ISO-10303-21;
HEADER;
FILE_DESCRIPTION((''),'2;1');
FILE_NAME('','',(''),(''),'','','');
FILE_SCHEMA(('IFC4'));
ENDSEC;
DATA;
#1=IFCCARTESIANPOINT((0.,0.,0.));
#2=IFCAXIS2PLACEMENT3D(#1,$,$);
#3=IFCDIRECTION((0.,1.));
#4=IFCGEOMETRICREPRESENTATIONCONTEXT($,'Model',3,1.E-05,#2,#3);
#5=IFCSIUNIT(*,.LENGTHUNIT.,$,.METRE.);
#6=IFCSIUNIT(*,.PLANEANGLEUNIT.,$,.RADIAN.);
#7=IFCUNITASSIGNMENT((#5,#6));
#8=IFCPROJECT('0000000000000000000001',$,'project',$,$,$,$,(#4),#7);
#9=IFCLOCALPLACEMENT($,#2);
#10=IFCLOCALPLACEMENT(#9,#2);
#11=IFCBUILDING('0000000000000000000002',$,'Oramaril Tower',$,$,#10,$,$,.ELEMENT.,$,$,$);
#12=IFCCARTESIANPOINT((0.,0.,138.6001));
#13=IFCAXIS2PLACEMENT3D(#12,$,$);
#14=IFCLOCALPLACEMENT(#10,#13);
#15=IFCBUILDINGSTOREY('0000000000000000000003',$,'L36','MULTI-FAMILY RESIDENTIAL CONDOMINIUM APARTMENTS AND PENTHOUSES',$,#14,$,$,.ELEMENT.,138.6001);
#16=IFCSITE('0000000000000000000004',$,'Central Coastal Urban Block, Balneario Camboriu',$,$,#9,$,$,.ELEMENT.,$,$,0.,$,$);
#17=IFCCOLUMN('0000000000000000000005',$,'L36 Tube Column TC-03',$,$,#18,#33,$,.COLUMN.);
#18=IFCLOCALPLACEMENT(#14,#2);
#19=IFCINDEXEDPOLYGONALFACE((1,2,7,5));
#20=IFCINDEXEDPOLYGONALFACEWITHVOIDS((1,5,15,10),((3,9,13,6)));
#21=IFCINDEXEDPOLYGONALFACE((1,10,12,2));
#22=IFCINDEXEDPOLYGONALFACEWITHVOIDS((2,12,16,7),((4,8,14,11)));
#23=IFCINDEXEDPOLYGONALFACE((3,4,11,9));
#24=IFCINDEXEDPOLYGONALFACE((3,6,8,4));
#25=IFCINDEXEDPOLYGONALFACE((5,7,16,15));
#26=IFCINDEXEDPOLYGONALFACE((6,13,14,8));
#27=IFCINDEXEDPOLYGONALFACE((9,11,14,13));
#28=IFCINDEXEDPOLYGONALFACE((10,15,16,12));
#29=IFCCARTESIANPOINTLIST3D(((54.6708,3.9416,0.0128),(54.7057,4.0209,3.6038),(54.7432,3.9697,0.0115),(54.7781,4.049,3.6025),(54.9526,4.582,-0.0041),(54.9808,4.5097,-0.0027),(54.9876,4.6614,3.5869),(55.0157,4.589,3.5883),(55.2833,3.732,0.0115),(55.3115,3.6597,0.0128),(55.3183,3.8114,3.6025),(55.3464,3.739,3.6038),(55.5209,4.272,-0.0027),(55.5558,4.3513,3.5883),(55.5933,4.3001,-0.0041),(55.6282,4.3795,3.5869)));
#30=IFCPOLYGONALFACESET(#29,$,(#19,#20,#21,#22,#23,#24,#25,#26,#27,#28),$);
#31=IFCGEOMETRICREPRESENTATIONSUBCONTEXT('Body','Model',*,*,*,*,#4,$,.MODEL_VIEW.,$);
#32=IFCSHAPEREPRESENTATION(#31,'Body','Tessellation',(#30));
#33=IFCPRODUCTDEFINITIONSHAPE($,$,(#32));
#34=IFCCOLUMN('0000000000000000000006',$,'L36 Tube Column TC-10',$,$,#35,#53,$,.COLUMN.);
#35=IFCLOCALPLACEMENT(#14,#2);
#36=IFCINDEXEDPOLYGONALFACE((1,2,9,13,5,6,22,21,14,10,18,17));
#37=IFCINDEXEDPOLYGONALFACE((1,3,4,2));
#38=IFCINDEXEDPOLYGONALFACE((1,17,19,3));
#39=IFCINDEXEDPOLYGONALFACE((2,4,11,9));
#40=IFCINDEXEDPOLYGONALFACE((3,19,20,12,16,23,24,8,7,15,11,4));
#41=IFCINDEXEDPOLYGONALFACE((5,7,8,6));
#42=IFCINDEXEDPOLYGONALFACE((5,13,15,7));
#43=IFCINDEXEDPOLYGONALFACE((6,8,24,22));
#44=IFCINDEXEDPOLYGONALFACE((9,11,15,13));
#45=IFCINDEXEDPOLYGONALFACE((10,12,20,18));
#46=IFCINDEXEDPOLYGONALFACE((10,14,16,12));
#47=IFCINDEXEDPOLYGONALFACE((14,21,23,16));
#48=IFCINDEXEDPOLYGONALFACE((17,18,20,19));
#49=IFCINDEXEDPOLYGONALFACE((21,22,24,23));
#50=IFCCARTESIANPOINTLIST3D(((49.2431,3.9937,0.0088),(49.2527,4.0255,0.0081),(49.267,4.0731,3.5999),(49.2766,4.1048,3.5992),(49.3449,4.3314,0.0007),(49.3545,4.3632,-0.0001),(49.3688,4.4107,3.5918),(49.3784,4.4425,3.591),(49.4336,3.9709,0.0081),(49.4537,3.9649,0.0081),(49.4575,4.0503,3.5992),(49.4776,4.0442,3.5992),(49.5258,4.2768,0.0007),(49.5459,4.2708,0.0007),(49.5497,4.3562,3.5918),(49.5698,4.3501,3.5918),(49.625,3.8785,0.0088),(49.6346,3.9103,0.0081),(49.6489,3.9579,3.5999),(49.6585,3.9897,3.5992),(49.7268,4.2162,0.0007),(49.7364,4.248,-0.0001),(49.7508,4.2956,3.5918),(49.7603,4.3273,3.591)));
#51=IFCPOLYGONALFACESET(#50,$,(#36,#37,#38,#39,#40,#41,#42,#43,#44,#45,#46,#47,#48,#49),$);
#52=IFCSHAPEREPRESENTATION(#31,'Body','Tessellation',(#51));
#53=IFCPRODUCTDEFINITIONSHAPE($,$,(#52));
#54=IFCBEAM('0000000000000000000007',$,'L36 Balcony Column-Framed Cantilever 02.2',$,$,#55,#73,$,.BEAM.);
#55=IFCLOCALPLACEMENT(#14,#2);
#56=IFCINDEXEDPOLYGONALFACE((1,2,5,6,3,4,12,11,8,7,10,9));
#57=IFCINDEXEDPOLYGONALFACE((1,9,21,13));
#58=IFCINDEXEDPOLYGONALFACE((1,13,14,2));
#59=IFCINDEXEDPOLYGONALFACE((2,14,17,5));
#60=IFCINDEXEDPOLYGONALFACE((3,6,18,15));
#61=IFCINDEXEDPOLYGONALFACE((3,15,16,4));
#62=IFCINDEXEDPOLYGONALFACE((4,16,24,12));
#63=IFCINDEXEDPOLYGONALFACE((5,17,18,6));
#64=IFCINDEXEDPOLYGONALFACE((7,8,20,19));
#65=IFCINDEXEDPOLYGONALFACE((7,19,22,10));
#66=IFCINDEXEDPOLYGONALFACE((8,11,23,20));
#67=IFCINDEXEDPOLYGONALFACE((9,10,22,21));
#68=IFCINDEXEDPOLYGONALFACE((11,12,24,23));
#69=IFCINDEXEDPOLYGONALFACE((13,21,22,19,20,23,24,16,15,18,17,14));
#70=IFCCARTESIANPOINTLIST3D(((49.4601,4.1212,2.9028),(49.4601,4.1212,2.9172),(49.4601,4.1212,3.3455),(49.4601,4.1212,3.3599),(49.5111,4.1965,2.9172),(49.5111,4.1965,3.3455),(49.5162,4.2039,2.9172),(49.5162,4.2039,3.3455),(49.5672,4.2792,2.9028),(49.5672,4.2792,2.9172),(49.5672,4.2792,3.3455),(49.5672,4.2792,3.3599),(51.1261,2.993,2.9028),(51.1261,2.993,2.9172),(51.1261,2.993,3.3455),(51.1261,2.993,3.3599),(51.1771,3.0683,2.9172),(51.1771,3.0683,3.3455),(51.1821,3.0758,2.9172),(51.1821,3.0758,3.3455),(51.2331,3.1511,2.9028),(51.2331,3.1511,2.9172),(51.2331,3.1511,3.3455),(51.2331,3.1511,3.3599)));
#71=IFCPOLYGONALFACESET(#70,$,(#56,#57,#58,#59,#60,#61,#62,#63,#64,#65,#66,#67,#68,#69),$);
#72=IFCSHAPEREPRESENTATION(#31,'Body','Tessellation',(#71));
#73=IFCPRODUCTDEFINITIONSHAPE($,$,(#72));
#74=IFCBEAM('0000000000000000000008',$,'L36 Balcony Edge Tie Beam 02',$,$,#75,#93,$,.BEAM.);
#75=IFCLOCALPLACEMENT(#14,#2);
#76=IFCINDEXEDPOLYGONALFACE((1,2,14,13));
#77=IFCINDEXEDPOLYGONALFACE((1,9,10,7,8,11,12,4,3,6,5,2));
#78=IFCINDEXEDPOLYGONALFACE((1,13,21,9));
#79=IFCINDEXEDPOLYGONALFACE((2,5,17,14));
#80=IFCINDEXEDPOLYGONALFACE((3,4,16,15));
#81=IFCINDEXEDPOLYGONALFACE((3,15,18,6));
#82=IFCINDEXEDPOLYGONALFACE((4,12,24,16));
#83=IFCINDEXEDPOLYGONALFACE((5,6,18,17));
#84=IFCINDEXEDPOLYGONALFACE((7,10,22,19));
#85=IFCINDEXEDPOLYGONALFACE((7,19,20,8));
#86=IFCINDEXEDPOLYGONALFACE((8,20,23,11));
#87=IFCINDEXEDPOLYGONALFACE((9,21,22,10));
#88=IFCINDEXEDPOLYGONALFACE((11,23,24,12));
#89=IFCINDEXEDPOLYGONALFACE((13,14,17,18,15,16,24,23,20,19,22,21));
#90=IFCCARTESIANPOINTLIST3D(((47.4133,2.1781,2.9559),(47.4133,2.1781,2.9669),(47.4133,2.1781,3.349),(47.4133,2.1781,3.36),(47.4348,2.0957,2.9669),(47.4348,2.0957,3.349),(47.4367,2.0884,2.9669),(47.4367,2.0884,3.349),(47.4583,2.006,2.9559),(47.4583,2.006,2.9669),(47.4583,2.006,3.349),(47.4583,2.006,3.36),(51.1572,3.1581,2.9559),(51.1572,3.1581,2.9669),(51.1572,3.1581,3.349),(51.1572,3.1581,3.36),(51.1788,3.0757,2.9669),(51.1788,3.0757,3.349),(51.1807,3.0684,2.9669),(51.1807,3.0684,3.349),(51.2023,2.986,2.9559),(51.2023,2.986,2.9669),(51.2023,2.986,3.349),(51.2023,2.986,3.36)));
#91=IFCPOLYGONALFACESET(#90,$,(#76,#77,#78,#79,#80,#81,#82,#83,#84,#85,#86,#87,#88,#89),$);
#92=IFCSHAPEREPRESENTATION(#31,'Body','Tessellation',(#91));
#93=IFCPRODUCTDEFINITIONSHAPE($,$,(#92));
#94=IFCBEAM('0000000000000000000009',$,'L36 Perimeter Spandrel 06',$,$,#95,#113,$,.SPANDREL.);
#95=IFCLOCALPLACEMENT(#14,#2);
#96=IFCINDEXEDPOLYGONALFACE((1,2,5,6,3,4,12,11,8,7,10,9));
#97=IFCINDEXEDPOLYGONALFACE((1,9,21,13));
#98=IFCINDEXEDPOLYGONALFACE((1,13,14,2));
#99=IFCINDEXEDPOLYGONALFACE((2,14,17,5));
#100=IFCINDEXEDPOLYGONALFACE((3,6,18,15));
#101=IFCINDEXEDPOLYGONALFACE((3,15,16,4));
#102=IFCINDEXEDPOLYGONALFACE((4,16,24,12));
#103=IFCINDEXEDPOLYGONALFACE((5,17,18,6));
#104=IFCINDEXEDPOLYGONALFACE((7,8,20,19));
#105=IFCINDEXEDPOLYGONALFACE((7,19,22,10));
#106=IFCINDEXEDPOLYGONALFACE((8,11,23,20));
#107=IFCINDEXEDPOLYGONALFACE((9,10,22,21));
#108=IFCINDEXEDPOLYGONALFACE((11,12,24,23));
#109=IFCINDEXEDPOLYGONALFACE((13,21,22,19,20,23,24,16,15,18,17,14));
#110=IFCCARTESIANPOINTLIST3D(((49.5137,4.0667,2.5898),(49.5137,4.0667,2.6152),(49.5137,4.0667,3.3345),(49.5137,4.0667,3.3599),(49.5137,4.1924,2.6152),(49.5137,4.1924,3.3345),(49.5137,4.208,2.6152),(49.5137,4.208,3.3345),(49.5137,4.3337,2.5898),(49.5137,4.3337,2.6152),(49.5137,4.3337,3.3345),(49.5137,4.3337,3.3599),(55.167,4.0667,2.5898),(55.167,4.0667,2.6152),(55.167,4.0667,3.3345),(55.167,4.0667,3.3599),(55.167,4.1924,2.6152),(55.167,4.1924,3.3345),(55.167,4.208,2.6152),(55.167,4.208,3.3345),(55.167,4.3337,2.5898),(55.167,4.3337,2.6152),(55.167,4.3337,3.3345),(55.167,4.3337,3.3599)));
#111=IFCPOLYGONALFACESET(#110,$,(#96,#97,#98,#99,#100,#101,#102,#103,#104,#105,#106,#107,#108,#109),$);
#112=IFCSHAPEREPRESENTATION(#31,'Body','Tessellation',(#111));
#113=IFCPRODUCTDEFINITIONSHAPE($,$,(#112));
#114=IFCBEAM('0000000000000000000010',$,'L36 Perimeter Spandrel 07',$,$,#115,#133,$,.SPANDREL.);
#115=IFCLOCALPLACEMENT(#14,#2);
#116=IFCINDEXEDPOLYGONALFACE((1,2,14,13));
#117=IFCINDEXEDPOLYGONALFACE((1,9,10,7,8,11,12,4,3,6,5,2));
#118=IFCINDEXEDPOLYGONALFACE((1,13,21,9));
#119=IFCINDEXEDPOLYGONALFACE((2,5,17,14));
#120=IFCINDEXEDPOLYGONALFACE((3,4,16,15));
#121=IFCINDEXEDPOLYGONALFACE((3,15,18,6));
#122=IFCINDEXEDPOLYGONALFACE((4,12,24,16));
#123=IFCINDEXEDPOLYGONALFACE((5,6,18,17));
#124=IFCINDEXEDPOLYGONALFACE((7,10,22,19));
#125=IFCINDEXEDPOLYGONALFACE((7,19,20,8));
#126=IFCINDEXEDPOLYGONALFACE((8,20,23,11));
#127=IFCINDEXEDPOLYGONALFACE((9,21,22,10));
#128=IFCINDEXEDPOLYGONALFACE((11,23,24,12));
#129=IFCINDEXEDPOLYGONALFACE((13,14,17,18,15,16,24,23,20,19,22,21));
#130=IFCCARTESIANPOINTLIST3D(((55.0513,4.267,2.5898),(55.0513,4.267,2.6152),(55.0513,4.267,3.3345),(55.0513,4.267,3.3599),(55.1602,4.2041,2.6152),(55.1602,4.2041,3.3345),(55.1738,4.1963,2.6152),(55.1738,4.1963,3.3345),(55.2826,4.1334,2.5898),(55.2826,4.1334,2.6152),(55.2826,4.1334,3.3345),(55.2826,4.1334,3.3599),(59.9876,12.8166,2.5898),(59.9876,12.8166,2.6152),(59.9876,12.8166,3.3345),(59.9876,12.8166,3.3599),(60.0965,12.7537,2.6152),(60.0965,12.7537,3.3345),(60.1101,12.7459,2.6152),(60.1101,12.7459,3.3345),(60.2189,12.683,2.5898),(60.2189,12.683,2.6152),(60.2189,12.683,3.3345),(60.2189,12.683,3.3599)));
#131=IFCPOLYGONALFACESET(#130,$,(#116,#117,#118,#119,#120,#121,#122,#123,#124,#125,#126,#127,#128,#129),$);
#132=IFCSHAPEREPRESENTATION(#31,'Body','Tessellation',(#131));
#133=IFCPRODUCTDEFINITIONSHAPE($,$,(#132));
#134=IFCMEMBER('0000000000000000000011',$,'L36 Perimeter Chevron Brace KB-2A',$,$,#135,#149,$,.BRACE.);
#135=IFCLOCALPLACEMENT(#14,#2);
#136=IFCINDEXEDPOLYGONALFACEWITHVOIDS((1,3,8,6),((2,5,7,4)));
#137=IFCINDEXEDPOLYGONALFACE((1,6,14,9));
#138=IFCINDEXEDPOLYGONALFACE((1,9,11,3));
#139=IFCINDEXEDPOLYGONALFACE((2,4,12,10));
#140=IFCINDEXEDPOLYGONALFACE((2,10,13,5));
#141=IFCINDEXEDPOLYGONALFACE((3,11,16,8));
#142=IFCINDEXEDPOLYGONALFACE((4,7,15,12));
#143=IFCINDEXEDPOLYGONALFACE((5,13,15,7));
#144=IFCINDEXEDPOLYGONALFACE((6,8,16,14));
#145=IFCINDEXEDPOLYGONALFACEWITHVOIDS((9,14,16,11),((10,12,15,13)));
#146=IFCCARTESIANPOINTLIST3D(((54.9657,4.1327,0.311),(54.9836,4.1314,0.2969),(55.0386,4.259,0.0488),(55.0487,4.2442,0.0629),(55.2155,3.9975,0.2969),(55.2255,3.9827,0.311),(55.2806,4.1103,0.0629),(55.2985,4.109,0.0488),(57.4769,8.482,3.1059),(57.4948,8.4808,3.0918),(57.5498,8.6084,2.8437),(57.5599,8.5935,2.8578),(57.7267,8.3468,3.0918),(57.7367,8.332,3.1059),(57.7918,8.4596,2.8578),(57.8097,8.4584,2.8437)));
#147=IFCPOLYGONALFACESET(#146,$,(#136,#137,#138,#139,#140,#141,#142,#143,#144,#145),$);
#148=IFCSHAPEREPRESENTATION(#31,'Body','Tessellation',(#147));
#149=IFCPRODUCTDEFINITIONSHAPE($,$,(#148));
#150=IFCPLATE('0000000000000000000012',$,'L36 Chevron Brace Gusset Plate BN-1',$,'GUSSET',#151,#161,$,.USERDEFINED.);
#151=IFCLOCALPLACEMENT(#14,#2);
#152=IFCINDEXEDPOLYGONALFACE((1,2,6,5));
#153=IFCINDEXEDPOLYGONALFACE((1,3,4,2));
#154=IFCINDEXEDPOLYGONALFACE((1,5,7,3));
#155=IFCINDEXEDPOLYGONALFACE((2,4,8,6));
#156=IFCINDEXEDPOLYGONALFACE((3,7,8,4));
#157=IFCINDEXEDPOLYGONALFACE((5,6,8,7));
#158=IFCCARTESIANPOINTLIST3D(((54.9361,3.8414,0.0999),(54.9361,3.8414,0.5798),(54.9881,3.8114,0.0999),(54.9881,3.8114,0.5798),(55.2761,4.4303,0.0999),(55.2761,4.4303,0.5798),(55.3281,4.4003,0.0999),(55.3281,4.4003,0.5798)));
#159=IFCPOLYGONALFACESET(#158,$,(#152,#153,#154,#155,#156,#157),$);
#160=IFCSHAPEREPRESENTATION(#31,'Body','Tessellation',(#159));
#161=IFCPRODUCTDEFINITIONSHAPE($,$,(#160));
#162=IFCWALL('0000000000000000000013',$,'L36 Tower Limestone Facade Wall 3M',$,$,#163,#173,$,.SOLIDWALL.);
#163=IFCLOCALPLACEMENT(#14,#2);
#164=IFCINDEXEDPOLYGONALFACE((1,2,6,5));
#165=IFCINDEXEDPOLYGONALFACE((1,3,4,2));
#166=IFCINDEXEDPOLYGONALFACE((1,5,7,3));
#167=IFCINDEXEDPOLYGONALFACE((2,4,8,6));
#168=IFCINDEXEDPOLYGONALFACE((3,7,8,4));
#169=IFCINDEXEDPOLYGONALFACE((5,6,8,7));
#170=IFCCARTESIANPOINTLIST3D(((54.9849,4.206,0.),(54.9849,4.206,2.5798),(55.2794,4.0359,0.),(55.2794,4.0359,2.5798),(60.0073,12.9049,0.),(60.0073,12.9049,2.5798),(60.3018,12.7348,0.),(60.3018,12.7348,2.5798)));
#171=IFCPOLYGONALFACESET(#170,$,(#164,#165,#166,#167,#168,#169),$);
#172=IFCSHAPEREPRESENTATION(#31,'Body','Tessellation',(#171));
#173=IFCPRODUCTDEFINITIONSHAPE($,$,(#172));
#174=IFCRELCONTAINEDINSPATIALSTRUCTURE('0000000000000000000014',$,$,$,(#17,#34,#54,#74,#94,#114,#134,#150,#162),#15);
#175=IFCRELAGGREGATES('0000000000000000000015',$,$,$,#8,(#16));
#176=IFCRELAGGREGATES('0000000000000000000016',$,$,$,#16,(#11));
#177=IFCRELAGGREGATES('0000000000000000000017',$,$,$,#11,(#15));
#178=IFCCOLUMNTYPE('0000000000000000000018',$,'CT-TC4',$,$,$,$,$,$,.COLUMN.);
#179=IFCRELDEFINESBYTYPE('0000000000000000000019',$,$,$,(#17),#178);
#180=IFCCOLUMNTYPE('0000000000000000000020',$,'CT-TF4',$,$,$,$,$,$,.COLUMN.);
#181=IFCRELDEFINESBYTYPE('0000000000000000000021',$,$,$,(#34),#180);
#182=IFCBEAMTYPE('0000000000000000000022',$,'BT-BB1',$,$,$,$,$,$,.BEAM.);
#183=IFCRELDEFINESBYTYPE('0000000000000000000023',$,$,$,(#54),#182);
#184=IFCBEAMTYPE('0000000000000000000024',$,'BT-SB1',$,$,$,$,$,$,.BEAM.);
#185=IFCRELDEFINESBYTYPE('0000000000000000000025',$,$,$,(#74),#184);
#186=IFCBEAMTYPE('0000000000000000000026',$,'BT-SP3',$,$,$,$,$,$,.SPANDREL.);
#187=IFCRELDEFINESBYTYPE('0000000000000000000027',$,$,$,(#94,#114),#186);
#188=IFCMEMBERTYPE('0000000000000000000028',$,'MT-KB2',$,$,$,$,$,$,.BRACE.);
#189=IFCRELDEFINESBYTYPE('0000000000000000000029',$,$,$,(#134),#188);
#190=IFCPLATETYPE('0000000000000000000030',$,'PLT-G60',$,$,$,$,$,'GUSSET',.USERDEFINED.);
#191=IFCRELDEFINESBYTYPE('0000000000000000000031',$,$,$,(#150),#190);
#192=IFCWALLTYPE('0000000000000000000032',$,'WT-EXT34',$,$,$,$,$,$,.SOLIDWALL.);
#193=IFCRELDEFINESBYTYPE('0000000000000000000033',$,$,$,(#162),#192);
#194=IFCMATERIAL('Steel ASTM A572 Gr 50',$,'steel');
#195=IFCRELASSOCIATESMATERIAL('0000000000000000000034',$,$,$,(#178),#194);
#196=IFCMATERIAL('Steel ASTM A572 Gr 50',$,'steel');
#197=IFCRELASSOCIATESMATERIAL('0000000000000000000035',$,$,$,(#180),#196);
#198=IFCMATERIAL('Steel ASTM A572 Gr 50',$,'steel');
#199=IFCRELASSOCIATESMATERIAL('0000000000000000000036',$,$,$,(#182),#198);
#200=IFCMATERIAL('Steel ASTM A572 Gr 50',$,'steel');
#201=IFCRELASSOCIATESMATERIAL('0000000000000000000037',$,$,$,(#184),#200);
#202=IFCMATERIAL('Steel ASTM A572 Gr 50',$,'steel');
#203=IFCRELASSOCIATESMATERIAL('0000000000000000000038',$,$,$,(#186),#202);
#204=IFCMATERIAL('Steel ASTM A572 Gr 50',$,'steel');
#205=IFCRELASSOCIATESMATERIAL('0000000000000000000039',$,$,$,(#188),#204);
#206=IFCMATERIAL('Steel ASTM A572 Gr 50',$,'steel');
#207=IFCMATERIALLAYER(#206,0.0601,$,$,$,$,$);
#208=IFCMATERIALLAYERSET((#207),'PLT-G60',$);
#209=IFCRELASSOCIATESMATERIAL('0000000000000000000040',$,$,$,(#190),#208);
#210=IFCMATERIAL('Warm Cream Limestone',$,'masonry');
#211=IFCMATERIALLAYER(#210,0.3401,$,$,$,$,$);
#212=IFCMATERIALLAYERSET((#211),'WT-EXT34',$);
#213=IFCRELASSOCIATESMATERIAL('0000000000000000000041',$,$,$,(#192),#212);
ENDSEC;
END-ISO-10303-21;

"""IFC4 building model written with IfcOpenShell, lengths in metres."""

from ifc_helpers import new_model, si_unit, direction, frame, frame_2d, origin, origin_2d, place, context, subcontext, project, spatial, rectangle, hollow_rectangle, i_section, extrude, material, layer, layer_set, material_profile, profile_set, type_object, element, save


model = new_model("IFC4")

# Units and contexts
model_context = context("Model", 3, precision=1e-05, world=origin(), true_north=direction((0.0, 1.0)))
body_context = subcontext(model_context, "Body", "Model", "MODEL_VIEW")
ifc_project = project(units=[si_unit("LENGTHUNIT", "METRE"), si_unit("PLANEANGLEUNIT", "RADIAN")], contexts=[model_context])

# Site, building, storey
site_placement = place(None, origin())
site = spatial("IfcSite", under=ifc_project, at=site_placement, Name="Central Coastal Urban Block, Balneario Camboriu", CompositionType="ELEMENT", RefElevation=0.0)
building_placement = place(site_placement, origin())
building = spatial("IfcBuilding", under=site, at=building_placement, Name="Oramaril Tower", CompositionType="ELEMENT")
storey_placement = place(building_placement, frame((0.0, 0.0, 138.6001)))
storey = spatial("IfcBuildingStorey", under=building, at=storey_placement, Name="L36", Description="MULTI-FAMILY RESIDENTIAL CONDOMINIUM APARTMENTS AND PENTHOUSES", CompositionType="ELEMENT", Elevation=138.6001)

# Columns
ifc_material_1 = material(Name="Steel ASTM A572 Gr 50", Category="steel")
ifc_material_profile_1 = material_profile(ifc_material_1, hollow_rectangle(XDim=0.7, YDim=0.7, WallThickness=0.0549, at=origin_2d()), Name="BOX700X700X55")
ifc_profile_set_1 = profile_set([ifc_material_profile_1], Name="Steel ASTM A572 Gr 50")
column_type_1 = type_object("IfcColumnType", Name="CT-TC4", PredefinedType="COLUMN", material=ifc_profile_set_1)
column_1_placement = place(storey_placement, frame((55.1321, 4.1208, 0.0044), z_axis=(0.009719, 0.022089, 0.999709), x_axis=(-0.915315, 0.402739, 0.0)))
element("IfcColumn", 1, at=column_1_placement, inside=storey, type_object=column_type_1, Name="L36 Tube Column TC-03", PredefinedType="COLUMN", context=body_context, shape_type="SweptSolid", body=[
    extrude(hollow_rectangle(XDim=0.7, YDim=0.7, WallThickness=0.0549, at=origin_2d()), origin(), (0.0, 0.0, 1.0), 3.592),
])
ifc_material_2 = material(Name="Steel ASTM A572 Gr 50", Category="steel")
ifc_material_profile_2 = material_profile(ifc_material_2, i_section(OverallWidth=0.3989, OverallDepth=0.386, WebThickness=0.021, FlangeThickness=0.0332, at=origin_2d()), Name="W14X176")
ifc_profile_set_2 = profile_set([ifc_material_profile_2], Name="Steel ASTM A572 Gr 50")
column_type_2 = type_object("IfcColumnType", Name="CT-TF4", PredefinedType="COLUMN", material=ifc_profile_set_2)
column_2_placement = place(storey_placement, frame((49.4897, 4.1208, 0.0044), z_axis=(0.006661, 0.022089, 0.999734), x_axis=(-0.95742, 0.288699, 0.0)))
element("IfcColumn", 2, at=column_2_placement, inside=storey, type_object=column_type_2, Name="L36 Tube Column TC-10", PredefinedType="COLUMN", context=body_context, shape_type="SweptSolid", body=[
    extrude(i_section(OverallWidth=0.3989, OverallDepth=0.386, WebThickness=0.021, FlangeThickness=0.0332, at=origin_2d()), origin(), (0.0, 0.0, 1.0), 3.592),
])

# Beams
ifc_material_3 = material(Name="Steel ASTM A572 Gr 50", Category="steel")
ifc_material_profile_3 = material_profile(ifc_material_3, i_section(OverallWidth=0.1909, OverallDepth=0.457, WebThickness=0.009, FlangeThickness=0.0144, at=origin_2d()), Name="W18X50")
ifc_profile_set_3 = profile_set([ifc_material_profile_3], Name="Steel ASTM A572 Gr 50")
beam_type_1 = type_object("IfcBeamType", Name="BT-BB1", PredefinedType="BEAM", material=ifc_profile_set_3)
beam_1_placement = place(storey_placement, frame((49.5137, 4.2002, 3.1313), z_axis=(0.828015, -0.560706, 0.0), x_axis=(0.560706, 0.828015, 0.0)))
element("IfcBeam", 3, at=beam_1_placement, inside=storey, type_object=beam_type_1, Name="L36 Balcony Column-Framed Cantilever 02.2", PredefinedType="BEAM", context=body_context, shape_type="SweptSolid", body=[
    extrude(i_section(OverallWidth=0.1909, OverallDepth=0.457, WebThickness=0.009, FlangeThickness=0.0144, at=origin_2d()), origin(), (0.0, 0.0, 1.0), 2.012),
])
ifc_material_4 = material(Name="Steel ASTM A572 Gr 50", Category="steel")
ifc_material_profile_4 = material_profile(ifc_material_4, i_section(OverallWidth=0.178, OverallDepth=0.4041, WebThickness=0.0076, FlangeThickness=0.011, at=origin_2d()), Name="W16X36")
ifc_profile_set_4 = profile_set([ifc_material_profile_4], Name="Steel ASTM A572 Gr 50")
beam_type_2 = type_object("IfcBeamType", Name="BT-SB1", PredefinedType="BEAM", material=ifc_profile_set_4)
beam_2_placement = place(storey_placement, frame((47.4358, 2.092, 3.158), z_axis=(0.967408, 0.253223, 0.0), x_axis=(-0.253223, 0.967408, 0.0)))
element("IfcBeam", 4, at=beam_2_placement, inside=storey, type_object=beam_type_2, Name="L36 Balcony Edge Tie Beam 02", PredefinedType="BEAM", context=body_context, shape_type="SweptSolid", body=[
    extrude(i_section(OverallWidth=0.178, OverallDepth=0.4041, WebThickness=0.0076, FlangeThickness=0.011, at=origin_2d()), origin(), (0.0, 0.0, 1.0), 3.8701),
])
ifc_material_5 = material(Name="Steel ASTM A572 Gr 50", Category="steel")
ifc_material_profile_5 = material_profile(ifc_material_5, i_section(OverallWidth=0.2671, OverallDepth=0.77, WebThickness=0.0156, FlangeThickness=0.0254, at=origin_2d()), Name="W30X132")
ifc_profile_set_5 = profile_set([ifc_material_profile_5], Name="Steel ASTM A572 Gr 50")
beam_type_3 = type_object("IfcBeamType", Name="BT-SP3", PredefinedType="SPANDREL", material=ifc_profile_set_5)
beam_3_placement = place(storey_placement, frame((49.5137, 4.2002, 2.9749), z_axis=(1.0, 0.0, 0.0), x_axis=(0.0, 1.0, 0.0)))
element("IfcBeam", 5, at=beam_3_placement, inside=storey, type_object=beam_type_3, Name="L36 Perimeter Spandrel 06", PredefinedType="SPANDREL", context=body_context, shape_type="SweptSolid", body=[
    extrude(i_section(OverallWidth=0.2671, OverallDepth=0.77, WebThickness=0.0156, FlangeThickness=0.0254, at=origin_2d()), origin(), (0.0, 0.0, 1.0), 5.6533),
])
beam_4_placement = place(storey_placement, frame((55.167, 4.2002, 2.9749), z_axis=(0.500014, 0.866017, 0.0), x_axis=(-0.866017, 0.500014, 0.0)))
element("IfcBeam", 6, at=beam_4_placement, inside=storey, type_object=beam_type_3, Name="L36 Perimeter Spandrel 07", PredefinedType="SPANDREL", context=body_context, shape_type="SweptSolid", body=[
    extrude(i_section(OverallWidth=0.2671, OverallDepth=0.77, WebThickness=0.0156, FlangeThickness=0.0254, at=origin_2d()), origin(), (0.0, 0.0, 1.0), 9.8723),
])

# Member
ifc_material_6 = material(Name="Steel ASTM A572 Gr 50", Category="steel")
ifc_material_profile_6 = material_profile(ifc_material_6, hollow_rectangle(XDim=0.3, YDim=0.3, WallThickness=0.0161, at=origin_2d()), Name="HSS300X300X16")
ifc_profile_set_6 = profile_set([ifc_material_profile_6], Name="Steel ASTM A572 Gr 50")
member_type = type_object("IfcMemberType", Name="MT-KB2", PredefinedType="BRACE", material=ifc_profile_set_6)
member_placement = place(storey_placement, frame((55.1321, 4.1208, 0.1799), z_axis=(0.436919, 0.756728, 0.486277), x_axis=(-0.866015, 0.500018, 0.0)))
element("IfcMember", 7, at=member_placement, inside=storey, type_object=member_type, Name="L36 Perimeter Chevron Brace KB-2A", PredefinedType="BRACE", context=body_context, shape_type="SweptSolid", body=[
    extrude(hollow_rectangle(XDim=0.3, YDim=0.3, WallThickness=0.0161, at=origin_2d()), origin(), (0.0, 0.0, 1.0), 5.7476),
])

# Plate
ifc_material_7 = material(Name="Steel ASTM A572 Gr 50", Category="steel")
ifc_layer_1 = layer(ifc_material_7, 0.0601)
ifc_layer_set_1 = layer_set([ifc_layer_1], Name="PLT-G60")
plate_type = type_object("IfcPlateType", Name="PLT-G60", ElementType="GUSSET", PredefinedType="USERDEFINED", material=ifc_layer_set_1)
plate_placement = place(storey_placement, frame((55.1321, 4.1208, 0.0999), z_axis=(0.0, 0.0, 1.0), x_axis=(0.500002, 0.866025, 0.0)))
element("IfcPlate", 8, at=plate_placement, inside=storey, type_object=plate_type, Name="L36 Chevron Brace Gusset Plate BN-1", ObjectType="GUSSET", PredefinedType="USERDEFINED", context=body_context, shape_type="SweptSolid", body=[
    extrude(rectangle(XDim=0.6799, YDim=0.0601, at=origin_2d()), origin(), (0.0, 0.0, 1.0), 0.48),
])

# Wall
ifc_material_8 = material(Name="Warm Cream Limestone", Category="masonry")
ifc_layer_2 = layer(ifc_material_8, 0.3401)
ifc_layer_set_2 = layer_set([ifc_layer_2], Name="WT-EXT34")
wall_type_1 = type_object("IfcWallType", Name="WT-EXT34", PredefinedType="SOLIDWALL", material=ifc_layer_set_2)
wall_1_placement = place(storey_placement, frame((55.1321, 4.1208, 0.0), z_axis=(0.0, 0.0, 1.0), x_axis=(0.500008, 0.866021, 0.0)))
element("IfcWall", 9, at=wall_1_placement, inside=storey, type_object=wall_type_1, Name="L36 Tower Limestone Facade Wall 3M", PredefinedType="SOLIDWALL", context=body_context, shape_type="SweptSolid", body=[
    extrude(rectangle(XDim=10.0447, YDim=0.3401, at=frame_2d((5.0225, 0.0))), origin(), (0.0, 0.0, 1.0), 2.5798),
])

save(model, "model.ifc")
